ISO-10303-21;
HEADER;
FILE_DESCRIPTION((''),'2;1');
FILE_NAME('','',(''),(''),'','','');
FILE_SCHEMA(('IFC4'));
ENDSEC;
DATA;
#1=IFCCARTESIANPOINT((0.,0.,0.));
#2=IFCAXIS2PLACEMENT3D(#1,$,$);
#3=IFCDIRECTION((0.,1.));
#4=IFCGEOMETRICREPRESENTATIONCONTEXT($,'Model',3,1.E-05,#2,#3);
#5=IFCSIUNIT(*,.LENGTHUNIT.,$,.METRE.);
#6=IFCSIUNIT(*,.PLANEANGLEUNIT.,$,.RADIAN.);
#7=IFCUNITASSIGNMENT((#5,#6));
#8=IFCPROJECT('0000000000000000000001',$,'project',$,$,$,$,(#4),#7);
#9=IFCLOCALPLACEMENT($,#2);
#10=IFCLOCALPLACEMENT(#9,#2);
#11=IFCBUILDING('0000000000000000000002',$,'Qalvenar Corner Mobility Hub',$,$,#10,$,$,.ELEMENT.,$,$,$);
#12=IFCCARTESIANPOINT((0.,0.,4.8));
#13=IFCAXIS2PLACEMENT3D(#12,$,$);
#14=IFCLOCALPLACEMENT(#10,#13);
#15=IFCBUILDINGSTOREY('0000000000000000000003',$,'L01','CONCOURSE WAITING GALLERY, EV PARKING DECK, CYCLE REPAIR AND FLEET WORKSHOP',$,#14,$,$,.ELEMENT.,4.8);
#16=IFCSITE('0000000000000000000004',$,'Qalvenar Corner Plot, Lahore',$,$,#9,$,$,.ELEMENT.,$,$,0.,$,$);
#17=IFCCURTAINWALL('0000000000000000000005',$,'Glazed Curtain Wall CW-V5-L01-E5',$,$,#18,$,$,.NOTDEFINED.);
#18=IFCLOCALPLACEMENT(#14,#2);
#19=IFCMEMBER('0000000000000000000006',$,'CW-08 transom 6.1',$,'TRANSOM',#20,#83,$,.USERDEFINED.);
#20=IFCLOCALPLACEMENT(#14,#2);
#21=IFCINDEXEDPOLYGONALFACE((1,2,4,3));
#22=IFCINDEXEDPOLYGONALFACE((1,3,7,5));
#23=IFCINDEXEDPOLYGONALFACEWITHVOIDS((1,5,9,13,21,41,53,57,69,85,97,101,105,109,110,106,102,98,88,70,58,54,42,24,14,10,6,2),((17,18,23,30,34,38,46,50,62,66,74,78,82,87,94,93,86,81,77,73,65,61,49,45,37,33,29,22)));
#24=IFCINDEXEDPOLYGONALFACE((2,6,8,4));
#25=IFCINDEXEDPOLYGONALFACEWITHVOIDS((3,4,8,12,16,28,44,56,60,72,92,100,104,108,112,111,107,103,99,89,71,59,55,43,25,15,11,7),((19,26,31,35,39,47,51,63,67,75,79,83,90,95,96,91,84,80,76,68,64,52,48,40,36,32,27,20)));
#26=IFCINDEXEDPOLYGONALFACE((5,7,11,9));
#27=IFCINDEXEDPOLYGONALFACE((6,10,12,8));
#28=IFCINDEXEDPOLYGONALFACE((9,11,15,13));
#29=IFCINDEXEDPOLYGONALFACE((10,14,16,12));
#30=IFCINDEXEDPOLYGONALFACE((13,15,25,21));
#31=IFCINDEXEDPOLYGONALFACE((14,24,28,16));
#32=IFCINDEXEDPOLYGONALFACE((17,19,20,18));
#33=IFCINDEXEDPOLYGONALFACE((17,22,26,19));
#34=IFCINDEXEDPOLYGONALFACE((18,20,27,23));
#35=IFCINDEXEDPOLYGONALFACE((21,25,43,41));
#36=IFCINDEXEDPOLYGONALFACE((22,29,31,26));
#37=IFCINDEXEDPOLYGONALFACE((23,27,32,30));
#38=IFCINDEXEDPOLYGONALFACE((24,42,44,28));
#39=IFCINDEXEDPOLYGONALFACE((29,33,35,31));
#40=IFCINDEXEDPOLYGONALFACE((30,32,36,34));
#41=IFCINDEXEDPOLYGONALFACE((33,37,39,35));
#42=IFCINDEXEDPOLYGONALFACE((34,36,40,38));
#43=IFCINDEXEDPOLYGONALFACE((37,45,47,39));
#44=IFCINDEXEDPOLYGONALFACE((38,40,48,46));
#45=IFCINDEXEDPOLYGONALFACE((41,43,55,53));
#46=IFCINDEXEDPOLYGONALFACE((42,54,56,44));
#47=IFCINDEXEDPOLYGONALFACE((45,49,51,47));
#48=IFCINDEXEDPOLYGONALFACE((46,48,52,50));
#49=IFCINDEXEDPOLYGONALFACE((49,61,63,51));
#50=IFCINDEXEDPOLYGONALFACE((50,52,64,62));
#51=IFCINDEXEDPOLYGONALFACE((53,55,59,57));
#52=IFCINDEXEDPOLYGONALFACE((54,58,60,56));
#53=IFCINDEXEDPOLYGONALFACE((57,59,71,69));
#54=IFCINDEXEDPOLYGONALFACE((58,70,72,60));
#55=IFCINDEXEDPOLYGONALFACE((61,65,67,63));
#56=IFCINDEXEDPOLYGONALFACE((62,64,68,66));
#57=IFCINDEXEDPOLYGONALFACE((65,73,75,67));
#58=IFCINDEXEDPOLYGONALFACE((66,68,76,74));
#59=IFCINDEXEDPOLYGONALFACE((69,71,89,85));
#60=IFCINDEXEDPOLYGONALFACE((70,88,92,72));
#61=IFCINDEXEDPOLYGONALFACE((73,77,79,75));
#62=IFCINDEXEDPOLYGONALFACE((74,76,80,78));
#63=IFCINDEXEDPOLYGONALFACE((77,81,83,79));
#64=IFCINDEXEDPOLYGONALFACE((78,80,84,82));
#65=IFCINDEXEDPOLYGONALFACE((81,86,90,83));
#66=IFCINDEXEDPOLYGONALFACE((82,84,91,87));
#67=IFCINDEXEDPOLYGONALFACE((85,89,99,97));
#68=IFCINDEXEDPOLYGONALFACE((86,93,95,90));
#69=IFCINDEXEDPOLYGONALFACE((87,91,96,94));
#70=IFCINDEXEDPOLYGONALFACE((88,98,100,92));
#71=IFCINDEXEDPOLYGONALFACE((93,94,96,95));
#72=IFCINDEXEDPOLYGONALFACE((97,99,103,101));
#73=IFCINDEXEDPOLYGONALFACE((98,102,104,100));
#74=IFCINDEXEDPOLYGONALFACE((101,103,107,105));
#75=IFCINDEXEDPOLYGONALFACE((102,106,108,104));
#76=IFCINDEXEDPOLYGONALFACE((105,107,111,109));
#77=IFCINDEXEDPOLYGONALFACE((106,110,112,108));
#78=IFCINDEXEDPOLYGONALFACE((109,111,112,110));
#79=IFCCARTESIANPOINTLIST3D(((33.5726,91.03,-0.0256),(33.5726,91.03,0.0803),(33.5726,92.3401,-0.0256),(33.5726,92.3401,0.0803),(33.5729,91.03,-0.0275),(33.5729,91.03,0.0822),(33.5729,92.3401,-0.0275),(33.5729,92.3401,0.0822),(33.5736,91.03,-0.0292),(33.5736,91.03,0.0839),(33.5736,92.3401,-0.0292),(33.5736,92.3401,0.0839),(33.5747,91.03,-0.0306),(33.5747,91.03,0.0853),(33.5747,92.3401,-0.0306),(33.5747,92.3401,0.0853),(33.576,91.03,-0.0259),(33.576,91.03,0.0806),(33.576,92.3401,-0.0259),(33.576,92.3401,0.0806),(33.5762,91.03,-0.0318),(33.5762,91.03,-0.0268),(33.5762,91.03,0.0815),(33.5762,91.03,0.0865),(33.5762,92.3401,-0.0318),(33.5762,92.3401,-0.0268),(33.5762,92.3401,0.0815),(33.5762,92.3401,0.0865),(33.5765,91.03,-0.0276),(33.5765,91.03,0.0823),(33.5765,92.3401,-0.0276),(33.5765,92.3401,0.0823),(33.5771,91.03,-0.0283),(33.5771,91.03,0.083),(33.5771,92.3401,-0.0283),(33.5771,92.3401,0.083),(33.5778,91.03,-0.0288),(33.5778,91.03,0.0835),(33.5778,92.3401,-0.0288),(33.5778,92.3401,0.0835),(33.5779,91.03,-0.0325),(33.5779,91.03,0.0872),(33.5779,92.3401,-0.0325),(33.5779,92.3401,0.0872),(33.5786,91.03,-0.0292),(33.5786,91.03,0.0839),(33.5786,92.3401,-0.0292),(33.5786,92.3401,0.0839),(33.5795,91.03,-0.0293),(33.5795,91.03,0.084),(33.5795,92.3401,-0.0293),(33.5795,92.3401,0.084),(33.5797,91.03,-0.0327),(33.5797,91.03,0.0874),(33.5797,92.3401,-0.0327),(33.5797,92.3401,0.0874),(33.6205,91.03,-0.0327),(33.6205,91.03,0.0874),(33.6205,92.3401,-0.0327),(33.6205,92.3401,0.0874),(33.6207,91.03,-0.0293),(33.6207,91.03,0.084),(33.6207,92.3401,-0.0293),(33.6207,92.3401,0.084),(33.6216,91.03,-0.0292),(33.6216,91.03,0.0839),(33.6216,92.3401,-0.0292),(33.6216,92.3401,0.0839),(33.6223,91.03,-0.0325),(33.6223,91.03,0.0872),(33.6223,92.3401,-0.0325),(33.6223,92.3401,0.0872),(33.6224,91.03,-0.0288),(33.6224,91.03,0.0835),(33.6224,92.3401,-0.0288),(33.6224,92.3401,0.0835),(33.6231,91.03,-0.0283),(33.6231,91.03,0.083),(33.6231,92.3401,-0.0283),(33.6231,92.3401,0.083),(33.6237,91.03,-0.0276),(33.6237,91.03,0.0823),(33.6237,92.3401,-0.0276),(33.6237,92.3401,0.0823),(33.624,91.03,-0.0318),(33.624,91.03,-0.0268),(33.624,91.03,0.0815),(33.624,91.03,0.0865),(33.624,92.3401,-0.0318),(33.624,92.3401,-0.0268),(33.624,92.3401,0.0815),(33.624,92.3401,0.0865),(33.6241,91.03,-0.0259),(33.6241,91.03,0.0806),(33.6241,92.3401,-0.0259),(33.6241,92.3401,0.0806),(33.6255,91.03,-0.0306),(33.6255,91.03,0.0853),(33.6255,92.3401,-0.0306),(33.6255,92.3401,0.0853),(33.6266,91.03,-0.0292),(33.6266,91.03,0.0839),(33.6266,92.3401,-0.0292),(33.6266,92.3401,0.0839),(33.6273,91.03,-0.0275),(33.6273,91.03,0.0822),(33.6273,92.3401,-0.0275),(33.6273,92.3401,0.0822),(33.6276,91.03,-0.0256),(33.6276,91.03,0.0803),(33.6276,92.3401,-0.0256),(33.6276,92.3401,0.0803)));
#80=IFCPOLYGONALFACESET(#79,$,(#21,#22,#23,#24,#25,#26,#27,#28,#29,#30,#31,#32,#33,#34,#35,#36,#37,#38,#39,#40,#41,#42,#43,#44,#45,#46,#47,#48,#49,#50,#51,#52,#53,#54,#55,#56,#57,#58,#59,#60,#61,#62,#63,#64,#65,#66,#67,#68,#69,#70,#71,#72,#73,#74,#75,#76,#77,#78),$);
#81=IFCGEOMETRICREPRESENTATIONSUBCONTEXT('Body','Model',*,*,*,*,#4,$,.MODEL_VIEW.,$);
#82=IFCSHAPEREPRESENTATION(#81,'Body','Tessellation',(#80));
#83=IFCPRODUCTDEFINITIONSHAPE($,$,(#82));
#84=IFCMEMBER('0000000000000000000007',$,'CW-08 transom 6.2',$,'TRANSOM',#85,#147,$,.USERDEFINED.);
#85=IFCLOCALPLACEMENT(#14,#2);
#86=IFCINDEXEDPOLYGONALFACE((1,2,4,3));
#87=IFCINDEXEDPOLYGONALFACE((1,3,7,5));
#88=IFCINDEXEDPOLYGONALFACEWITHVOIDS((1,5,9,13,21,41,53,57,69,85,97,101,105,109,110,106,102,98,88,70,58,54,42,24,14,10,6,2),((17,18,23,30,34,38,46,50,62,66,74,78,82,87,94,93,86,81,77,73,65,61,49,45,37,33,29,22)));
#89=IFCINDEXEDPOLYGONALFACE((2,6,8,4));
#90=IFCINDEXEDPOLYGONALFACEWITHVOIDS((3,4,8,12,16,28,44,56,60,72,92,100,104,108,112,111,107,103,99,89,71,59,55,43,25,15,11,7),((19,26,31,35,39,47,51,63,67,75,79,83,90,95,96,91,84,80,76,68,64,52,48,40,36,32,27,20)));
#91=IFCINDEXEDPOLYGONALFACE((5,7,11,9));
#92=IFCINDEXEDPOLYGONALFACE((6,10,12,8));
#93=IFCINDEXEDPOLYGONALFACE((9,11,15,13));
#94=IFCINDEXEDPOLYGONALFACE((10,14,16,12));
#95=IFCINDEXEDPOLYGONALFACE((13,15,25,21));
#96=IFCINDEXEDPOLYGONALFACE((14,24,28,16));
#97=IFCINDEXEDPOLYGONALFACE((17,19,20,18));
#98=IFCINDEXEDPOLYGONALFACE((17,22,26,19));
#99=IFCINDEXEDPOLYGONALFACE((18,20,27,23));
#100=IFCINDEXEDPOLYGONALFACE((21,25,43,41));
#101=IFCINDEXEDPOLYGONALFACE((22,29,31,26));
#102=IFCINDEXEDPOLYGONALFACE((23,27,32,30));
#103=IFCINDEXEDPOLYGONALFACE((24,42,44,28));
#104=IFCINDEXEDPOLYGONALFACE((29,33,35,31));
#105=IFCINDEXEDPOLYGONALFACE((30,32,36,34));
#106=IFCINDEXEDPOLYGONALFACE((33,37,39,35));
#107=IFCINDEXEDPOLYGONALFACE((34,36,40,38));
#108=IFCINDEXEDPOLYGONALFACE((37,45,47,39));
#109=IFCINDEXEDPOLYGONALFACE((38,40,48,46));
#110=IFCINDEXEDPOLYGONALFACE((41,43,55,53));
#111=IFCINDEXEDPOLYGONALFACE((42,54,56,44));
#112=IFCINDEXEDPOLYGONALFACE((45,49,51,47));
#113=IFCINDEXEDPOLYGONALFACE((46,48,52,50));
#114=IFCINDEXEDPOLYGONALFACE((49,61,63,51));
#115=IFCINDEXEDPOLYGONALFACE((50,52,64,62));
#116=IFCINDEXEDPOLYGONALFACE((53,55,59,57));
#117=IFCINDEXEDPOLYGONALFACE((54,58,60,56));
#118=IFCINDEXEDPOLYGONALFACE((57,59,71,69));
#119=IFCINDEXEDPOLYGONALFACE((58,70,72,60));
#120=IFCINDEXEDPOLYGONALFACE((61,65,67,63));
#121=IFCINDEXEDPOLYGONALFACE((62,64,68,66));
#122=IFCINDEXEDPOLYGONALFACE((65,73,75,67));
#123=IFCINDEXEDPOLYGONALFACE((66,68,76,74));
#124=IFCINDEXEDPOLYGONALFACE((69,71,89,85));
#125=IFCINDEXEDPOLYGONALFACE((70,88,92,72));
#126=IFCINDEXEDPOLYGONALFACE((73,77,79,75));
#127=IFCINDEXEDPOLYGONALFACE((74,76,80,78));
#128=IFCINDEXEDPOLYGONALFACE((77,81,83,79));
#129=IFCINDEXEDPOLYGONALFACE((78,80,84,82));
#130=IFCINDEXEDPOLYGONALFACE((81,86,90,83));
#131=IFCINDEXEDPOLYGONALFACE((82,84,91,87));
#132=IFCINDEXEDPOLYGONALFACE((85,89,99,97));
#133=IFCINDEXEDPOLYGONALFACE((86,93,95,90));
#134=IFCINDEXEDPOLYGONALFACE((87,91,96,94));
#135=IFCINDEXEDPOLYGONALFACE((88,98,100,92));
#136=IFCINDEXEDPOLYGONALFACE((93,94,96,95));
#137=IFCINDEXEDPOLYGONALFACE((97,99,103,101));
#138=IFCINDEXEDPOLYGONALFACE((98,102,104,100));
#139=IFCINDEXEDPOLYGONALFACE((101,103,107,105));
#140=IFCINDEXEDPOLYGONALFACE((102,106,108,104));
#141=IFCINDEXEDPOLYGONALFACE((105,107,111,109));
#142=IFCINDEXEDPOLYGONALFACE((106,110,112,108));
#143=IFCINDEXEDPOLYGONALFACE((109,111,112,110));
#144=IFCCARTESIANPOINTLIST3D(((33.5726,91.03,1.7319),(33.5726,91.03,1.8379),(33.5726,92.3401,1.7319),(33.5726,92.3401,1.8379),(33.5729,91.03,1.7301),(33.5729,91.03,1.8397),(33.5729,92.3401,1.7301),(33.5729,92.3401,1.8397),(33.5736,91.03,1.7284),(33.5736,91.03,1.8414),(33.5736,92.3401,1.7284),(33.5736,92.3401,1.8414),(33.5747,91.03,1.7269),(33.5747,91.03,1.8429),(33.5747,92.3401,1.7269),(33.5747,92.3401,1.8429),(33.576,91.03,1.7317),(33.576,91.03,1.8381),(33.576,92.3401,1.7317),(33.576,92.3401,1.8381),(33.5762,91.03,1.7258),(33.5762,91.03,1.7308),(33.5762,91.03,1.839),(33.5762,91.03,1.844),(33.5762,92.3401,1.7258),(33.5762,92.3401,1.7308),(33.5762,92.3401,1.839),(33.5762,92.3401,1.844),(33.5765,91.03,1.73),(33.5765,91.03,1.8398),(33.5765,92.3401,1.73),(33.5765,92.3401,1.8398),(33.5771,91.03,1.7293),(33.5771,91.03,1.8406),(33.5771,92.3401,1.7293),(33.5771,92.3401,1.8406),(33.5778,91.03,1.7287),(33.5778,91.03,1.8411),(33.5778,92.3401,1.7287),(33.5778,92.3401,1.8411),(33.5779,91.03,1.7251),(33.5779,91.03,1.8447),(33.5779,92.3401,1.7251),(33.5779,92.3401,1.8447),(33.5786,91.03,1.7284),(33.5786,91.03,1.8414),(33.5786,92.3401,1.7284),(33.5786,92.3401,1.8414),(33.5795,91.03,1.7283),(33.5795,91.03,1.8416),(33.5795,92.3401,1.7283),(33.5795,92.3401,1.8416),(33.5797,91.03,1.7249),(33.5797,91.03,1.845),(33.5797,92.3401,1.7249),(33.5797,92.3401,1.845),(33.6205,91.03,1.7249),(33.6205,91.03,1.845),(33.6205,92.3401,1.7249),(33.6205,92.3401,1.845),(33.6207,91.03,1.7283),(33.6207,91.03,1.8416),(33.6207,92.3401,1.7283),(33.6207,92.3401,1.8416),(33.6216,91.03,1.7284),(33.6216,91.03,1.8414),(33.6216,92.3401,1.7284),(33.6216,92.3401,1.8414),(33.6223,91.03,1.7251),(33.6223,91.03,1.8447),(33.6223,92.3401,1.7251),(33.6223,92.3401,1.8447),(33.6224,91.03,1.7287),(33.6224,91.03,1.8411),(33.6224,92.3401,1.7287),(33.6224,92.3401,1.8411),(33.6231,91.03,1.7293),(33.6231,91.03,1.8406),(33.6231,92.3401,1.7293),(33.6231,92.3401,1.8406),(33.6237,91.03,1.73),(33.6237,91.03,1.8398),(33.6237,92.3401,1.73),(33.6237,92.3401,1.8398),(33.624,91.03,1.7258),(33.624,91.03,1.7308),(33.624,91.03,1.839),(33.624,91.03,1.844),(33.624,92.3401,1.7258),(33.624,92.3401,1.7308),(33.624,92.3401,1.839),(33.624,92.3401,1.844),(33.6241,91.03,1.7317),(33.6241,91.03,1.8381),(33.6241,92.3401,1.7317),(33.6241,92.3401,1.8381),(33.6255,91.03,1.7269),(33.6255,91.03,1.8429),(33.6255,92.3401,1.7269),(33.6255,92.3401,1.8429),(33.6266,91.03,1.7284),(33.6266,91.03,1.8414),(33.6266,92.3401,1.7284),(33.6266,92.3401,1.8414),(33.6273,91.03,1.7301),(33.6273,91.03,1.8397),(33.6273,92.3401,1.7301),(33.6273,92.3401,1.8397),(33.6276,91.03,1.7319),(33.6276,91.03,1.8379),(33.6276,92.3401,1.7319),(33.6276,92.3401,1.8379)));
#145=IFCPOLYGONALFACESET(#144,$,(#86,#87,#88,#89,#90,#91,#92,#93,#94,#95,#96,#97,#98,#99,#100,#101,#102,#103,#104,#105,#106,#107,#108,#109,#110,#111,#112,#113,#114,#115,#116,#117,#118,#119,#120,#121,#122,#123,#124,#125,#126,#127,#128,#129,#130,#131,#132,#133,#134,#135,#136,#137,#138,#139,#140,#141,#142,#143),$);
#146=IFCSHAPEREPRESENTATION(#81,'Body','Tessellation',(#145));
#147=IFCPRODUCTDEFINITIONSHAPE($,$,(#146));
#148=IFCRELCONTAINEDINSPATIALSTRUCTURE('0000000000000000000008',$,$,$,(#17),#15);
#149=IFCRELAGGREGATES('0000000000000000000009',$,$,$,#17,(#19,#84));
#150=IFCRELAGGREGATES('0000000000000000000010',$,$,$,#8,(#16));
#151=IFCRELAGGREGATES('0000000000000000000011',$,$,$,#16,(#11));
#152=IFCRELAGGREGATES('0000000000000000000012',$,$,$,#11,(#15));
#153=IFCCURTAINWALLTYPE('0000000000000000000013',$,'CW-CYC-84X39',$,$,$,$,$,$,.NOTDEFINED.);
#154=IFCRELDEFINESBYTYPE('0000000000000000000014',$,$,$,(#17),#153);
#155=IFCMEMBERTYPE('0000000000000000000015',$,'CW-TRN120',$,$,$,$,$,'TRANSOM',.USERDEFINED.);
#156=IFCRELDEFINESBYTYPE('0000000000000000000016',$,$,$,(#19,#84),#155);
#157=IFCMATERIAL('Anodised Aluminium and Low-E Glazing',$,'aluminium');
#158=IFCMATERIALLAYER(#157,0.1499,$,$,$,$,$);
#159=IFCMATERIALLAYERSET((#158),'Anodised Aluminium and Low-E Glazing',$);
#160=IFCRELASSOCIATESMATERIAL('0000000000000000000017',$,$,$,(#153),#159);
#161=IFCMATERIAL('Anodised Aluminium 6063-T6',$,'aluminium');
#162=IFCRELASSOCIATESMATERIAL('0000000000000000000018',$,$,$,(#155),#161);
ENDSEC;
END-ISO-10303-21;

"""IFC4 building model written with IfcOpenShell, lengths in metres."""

from ifc_helpers import new_model, si_unit, direction, frame, origin, origin_2d, place, context, subcontext, project, spatial, hollow_rectangle, extrude, material, layer, layer_set, material_profile, profile_set, type_object, element, aggregate, save


model = new_model("IFC4")

# Units and contexts
model_context = context("Model", 3, precision=1e-05, world=origin(), true_north=direction((0.0, 1.0)))
body_context = subcontext(model_context, "Body", "Model", "MODEL_VIEW")
ifc_project = project(units=[si_unit("LENGTHUNIT", "METRE"), si_unit("PLANEANGLEUNIT", "RADIAN")], contexts=[model_context])

# Site, building, storey
site_placement = place(None, origin())
site = spatial("IfcSite", under=ifc_project, at=site_placement, Name="Qalvenar Corner Plot, Lahore", CompositionType="ELEMENT", RefElevation=0.0)
building_placement = place(site_placement, origin())
building = spatial("IfcBuilding", under=site, at=building_placement, Name="Qalvenar Corner Mobility Hub", CompositionType="ELEMENT")
storey_placement = place(building_placement, frame((0.0, 0.0, 4.8)))
storey = spatial("IfcBuildingStorey", under=building, at=storey_placement, Name="L01", Description="CONCOURSE WAITING GALLERY, EV PARKING DECK, CYCLE REPAIR AND FLEET WORKSHOP", CompositionType="ELEMENT", Elevation=4.8)

# Curtain wall
ifc_material_1 = material(Name="Anodised Aluminium and Low-E Glazing", Category="aluminium")
ifc_layer_1 = layer(ifc_material_1, 0.1499)
ifc_layer_set_1 = layer_set([ifc_layer_1], Name="Anodised Aluminium and Low-E Glazing")
curtain_wall_type = type_object("IfcCurtainWallType", Name="CW-CYC-84X39", PredefinedType="NOTDEFINED", material=ifc_layer_set_1)
curtain_wall_1_placement = place(storey_placement, origin())
curtain_wall_1 = element("IfcCurtainWall", 1, at=curtain_wall_1_placement, inside=storey, type_object=curtain_wall_type, Name="Glazed Curtain Wall CW-V5-L01-E5", PredefinedType="NOTDEFINED")
ifc_material_2 = material(Name="Anodised Aluminium 6063-T6", Category="aluminium")

# Members
ifc_material_profile_1 = material_profile(ifc_material_2, hollow_rectangle(XDim=0.0549, YDim=0.1201, WallThickness=0.0034, InnerFilletRadius=0.0034, OuterFilletRadius=0.0071, at=origin_2d()), Name="RHS120x55x3.5")
ifc_profile_set_1 = profile_set([ifc_material_profile_1], Name="Anodised Aluminium 6063-T6")
member_type_1 = type_object("IfcMemberType", Name="CW-TRN120", ElementType="TRANSOM", PredefinedType="USERDEFINED", material=ifc_profile_set_1)
member_1_placement = place(storey_placement, frame((33.6001, 91.03, 0.0273), z_axis=(0.0, 1.0, 0.0), x_axis=(-1.0, 0.0, 0.0)))
member_1 = element("IfcMember", 2, at=member_1_placement, type_object=member_type_1, Name="CW-08 transom 6.1", ObjectType="TRANSOM", PredefinedType="USERDEFINED", context=body_context, shape_type="SweptSolid", body=[
    extrude(hollow_rectangle(XDim=0.0549, YDim=0.1201, WallThickness=0.0034, InnerFilletRadius=0.0034, OuterFilletRadius=0.0071, at=origin_2d()), origin(), (0.0, 0.0, 1.0), 1.3101),
])
member_2_placement = place(storey_placement, frame((33.6001, 91.03, 1.7849), z_axis=(0.0, 1.0, 0.0), x_axis=(-1.0, 0.0, 0.0)))
member_2 = element("IfcMember", 3, at=member_2_placement, type_object=member_type_1, Name="CW-08 transom 6.2", ObjectType="TRANSOM", PredefinedType="USERDEFINED", context=body_context, shape_type="SweptSolid", body=[
    extrude(hollow_rectangle(XDim=0.0549, YDim=0.1201, WallThickness=0.0034, InnerFilletRadius=0.0034, OuterFilletRadius=0.0071, at=origin_2d()), origin(), (0.0, 0.0, 1.0), 1.3101),
])

aggregate(curtain_wall_1, [member_1, member_2])

save(model, "model.ifc")
